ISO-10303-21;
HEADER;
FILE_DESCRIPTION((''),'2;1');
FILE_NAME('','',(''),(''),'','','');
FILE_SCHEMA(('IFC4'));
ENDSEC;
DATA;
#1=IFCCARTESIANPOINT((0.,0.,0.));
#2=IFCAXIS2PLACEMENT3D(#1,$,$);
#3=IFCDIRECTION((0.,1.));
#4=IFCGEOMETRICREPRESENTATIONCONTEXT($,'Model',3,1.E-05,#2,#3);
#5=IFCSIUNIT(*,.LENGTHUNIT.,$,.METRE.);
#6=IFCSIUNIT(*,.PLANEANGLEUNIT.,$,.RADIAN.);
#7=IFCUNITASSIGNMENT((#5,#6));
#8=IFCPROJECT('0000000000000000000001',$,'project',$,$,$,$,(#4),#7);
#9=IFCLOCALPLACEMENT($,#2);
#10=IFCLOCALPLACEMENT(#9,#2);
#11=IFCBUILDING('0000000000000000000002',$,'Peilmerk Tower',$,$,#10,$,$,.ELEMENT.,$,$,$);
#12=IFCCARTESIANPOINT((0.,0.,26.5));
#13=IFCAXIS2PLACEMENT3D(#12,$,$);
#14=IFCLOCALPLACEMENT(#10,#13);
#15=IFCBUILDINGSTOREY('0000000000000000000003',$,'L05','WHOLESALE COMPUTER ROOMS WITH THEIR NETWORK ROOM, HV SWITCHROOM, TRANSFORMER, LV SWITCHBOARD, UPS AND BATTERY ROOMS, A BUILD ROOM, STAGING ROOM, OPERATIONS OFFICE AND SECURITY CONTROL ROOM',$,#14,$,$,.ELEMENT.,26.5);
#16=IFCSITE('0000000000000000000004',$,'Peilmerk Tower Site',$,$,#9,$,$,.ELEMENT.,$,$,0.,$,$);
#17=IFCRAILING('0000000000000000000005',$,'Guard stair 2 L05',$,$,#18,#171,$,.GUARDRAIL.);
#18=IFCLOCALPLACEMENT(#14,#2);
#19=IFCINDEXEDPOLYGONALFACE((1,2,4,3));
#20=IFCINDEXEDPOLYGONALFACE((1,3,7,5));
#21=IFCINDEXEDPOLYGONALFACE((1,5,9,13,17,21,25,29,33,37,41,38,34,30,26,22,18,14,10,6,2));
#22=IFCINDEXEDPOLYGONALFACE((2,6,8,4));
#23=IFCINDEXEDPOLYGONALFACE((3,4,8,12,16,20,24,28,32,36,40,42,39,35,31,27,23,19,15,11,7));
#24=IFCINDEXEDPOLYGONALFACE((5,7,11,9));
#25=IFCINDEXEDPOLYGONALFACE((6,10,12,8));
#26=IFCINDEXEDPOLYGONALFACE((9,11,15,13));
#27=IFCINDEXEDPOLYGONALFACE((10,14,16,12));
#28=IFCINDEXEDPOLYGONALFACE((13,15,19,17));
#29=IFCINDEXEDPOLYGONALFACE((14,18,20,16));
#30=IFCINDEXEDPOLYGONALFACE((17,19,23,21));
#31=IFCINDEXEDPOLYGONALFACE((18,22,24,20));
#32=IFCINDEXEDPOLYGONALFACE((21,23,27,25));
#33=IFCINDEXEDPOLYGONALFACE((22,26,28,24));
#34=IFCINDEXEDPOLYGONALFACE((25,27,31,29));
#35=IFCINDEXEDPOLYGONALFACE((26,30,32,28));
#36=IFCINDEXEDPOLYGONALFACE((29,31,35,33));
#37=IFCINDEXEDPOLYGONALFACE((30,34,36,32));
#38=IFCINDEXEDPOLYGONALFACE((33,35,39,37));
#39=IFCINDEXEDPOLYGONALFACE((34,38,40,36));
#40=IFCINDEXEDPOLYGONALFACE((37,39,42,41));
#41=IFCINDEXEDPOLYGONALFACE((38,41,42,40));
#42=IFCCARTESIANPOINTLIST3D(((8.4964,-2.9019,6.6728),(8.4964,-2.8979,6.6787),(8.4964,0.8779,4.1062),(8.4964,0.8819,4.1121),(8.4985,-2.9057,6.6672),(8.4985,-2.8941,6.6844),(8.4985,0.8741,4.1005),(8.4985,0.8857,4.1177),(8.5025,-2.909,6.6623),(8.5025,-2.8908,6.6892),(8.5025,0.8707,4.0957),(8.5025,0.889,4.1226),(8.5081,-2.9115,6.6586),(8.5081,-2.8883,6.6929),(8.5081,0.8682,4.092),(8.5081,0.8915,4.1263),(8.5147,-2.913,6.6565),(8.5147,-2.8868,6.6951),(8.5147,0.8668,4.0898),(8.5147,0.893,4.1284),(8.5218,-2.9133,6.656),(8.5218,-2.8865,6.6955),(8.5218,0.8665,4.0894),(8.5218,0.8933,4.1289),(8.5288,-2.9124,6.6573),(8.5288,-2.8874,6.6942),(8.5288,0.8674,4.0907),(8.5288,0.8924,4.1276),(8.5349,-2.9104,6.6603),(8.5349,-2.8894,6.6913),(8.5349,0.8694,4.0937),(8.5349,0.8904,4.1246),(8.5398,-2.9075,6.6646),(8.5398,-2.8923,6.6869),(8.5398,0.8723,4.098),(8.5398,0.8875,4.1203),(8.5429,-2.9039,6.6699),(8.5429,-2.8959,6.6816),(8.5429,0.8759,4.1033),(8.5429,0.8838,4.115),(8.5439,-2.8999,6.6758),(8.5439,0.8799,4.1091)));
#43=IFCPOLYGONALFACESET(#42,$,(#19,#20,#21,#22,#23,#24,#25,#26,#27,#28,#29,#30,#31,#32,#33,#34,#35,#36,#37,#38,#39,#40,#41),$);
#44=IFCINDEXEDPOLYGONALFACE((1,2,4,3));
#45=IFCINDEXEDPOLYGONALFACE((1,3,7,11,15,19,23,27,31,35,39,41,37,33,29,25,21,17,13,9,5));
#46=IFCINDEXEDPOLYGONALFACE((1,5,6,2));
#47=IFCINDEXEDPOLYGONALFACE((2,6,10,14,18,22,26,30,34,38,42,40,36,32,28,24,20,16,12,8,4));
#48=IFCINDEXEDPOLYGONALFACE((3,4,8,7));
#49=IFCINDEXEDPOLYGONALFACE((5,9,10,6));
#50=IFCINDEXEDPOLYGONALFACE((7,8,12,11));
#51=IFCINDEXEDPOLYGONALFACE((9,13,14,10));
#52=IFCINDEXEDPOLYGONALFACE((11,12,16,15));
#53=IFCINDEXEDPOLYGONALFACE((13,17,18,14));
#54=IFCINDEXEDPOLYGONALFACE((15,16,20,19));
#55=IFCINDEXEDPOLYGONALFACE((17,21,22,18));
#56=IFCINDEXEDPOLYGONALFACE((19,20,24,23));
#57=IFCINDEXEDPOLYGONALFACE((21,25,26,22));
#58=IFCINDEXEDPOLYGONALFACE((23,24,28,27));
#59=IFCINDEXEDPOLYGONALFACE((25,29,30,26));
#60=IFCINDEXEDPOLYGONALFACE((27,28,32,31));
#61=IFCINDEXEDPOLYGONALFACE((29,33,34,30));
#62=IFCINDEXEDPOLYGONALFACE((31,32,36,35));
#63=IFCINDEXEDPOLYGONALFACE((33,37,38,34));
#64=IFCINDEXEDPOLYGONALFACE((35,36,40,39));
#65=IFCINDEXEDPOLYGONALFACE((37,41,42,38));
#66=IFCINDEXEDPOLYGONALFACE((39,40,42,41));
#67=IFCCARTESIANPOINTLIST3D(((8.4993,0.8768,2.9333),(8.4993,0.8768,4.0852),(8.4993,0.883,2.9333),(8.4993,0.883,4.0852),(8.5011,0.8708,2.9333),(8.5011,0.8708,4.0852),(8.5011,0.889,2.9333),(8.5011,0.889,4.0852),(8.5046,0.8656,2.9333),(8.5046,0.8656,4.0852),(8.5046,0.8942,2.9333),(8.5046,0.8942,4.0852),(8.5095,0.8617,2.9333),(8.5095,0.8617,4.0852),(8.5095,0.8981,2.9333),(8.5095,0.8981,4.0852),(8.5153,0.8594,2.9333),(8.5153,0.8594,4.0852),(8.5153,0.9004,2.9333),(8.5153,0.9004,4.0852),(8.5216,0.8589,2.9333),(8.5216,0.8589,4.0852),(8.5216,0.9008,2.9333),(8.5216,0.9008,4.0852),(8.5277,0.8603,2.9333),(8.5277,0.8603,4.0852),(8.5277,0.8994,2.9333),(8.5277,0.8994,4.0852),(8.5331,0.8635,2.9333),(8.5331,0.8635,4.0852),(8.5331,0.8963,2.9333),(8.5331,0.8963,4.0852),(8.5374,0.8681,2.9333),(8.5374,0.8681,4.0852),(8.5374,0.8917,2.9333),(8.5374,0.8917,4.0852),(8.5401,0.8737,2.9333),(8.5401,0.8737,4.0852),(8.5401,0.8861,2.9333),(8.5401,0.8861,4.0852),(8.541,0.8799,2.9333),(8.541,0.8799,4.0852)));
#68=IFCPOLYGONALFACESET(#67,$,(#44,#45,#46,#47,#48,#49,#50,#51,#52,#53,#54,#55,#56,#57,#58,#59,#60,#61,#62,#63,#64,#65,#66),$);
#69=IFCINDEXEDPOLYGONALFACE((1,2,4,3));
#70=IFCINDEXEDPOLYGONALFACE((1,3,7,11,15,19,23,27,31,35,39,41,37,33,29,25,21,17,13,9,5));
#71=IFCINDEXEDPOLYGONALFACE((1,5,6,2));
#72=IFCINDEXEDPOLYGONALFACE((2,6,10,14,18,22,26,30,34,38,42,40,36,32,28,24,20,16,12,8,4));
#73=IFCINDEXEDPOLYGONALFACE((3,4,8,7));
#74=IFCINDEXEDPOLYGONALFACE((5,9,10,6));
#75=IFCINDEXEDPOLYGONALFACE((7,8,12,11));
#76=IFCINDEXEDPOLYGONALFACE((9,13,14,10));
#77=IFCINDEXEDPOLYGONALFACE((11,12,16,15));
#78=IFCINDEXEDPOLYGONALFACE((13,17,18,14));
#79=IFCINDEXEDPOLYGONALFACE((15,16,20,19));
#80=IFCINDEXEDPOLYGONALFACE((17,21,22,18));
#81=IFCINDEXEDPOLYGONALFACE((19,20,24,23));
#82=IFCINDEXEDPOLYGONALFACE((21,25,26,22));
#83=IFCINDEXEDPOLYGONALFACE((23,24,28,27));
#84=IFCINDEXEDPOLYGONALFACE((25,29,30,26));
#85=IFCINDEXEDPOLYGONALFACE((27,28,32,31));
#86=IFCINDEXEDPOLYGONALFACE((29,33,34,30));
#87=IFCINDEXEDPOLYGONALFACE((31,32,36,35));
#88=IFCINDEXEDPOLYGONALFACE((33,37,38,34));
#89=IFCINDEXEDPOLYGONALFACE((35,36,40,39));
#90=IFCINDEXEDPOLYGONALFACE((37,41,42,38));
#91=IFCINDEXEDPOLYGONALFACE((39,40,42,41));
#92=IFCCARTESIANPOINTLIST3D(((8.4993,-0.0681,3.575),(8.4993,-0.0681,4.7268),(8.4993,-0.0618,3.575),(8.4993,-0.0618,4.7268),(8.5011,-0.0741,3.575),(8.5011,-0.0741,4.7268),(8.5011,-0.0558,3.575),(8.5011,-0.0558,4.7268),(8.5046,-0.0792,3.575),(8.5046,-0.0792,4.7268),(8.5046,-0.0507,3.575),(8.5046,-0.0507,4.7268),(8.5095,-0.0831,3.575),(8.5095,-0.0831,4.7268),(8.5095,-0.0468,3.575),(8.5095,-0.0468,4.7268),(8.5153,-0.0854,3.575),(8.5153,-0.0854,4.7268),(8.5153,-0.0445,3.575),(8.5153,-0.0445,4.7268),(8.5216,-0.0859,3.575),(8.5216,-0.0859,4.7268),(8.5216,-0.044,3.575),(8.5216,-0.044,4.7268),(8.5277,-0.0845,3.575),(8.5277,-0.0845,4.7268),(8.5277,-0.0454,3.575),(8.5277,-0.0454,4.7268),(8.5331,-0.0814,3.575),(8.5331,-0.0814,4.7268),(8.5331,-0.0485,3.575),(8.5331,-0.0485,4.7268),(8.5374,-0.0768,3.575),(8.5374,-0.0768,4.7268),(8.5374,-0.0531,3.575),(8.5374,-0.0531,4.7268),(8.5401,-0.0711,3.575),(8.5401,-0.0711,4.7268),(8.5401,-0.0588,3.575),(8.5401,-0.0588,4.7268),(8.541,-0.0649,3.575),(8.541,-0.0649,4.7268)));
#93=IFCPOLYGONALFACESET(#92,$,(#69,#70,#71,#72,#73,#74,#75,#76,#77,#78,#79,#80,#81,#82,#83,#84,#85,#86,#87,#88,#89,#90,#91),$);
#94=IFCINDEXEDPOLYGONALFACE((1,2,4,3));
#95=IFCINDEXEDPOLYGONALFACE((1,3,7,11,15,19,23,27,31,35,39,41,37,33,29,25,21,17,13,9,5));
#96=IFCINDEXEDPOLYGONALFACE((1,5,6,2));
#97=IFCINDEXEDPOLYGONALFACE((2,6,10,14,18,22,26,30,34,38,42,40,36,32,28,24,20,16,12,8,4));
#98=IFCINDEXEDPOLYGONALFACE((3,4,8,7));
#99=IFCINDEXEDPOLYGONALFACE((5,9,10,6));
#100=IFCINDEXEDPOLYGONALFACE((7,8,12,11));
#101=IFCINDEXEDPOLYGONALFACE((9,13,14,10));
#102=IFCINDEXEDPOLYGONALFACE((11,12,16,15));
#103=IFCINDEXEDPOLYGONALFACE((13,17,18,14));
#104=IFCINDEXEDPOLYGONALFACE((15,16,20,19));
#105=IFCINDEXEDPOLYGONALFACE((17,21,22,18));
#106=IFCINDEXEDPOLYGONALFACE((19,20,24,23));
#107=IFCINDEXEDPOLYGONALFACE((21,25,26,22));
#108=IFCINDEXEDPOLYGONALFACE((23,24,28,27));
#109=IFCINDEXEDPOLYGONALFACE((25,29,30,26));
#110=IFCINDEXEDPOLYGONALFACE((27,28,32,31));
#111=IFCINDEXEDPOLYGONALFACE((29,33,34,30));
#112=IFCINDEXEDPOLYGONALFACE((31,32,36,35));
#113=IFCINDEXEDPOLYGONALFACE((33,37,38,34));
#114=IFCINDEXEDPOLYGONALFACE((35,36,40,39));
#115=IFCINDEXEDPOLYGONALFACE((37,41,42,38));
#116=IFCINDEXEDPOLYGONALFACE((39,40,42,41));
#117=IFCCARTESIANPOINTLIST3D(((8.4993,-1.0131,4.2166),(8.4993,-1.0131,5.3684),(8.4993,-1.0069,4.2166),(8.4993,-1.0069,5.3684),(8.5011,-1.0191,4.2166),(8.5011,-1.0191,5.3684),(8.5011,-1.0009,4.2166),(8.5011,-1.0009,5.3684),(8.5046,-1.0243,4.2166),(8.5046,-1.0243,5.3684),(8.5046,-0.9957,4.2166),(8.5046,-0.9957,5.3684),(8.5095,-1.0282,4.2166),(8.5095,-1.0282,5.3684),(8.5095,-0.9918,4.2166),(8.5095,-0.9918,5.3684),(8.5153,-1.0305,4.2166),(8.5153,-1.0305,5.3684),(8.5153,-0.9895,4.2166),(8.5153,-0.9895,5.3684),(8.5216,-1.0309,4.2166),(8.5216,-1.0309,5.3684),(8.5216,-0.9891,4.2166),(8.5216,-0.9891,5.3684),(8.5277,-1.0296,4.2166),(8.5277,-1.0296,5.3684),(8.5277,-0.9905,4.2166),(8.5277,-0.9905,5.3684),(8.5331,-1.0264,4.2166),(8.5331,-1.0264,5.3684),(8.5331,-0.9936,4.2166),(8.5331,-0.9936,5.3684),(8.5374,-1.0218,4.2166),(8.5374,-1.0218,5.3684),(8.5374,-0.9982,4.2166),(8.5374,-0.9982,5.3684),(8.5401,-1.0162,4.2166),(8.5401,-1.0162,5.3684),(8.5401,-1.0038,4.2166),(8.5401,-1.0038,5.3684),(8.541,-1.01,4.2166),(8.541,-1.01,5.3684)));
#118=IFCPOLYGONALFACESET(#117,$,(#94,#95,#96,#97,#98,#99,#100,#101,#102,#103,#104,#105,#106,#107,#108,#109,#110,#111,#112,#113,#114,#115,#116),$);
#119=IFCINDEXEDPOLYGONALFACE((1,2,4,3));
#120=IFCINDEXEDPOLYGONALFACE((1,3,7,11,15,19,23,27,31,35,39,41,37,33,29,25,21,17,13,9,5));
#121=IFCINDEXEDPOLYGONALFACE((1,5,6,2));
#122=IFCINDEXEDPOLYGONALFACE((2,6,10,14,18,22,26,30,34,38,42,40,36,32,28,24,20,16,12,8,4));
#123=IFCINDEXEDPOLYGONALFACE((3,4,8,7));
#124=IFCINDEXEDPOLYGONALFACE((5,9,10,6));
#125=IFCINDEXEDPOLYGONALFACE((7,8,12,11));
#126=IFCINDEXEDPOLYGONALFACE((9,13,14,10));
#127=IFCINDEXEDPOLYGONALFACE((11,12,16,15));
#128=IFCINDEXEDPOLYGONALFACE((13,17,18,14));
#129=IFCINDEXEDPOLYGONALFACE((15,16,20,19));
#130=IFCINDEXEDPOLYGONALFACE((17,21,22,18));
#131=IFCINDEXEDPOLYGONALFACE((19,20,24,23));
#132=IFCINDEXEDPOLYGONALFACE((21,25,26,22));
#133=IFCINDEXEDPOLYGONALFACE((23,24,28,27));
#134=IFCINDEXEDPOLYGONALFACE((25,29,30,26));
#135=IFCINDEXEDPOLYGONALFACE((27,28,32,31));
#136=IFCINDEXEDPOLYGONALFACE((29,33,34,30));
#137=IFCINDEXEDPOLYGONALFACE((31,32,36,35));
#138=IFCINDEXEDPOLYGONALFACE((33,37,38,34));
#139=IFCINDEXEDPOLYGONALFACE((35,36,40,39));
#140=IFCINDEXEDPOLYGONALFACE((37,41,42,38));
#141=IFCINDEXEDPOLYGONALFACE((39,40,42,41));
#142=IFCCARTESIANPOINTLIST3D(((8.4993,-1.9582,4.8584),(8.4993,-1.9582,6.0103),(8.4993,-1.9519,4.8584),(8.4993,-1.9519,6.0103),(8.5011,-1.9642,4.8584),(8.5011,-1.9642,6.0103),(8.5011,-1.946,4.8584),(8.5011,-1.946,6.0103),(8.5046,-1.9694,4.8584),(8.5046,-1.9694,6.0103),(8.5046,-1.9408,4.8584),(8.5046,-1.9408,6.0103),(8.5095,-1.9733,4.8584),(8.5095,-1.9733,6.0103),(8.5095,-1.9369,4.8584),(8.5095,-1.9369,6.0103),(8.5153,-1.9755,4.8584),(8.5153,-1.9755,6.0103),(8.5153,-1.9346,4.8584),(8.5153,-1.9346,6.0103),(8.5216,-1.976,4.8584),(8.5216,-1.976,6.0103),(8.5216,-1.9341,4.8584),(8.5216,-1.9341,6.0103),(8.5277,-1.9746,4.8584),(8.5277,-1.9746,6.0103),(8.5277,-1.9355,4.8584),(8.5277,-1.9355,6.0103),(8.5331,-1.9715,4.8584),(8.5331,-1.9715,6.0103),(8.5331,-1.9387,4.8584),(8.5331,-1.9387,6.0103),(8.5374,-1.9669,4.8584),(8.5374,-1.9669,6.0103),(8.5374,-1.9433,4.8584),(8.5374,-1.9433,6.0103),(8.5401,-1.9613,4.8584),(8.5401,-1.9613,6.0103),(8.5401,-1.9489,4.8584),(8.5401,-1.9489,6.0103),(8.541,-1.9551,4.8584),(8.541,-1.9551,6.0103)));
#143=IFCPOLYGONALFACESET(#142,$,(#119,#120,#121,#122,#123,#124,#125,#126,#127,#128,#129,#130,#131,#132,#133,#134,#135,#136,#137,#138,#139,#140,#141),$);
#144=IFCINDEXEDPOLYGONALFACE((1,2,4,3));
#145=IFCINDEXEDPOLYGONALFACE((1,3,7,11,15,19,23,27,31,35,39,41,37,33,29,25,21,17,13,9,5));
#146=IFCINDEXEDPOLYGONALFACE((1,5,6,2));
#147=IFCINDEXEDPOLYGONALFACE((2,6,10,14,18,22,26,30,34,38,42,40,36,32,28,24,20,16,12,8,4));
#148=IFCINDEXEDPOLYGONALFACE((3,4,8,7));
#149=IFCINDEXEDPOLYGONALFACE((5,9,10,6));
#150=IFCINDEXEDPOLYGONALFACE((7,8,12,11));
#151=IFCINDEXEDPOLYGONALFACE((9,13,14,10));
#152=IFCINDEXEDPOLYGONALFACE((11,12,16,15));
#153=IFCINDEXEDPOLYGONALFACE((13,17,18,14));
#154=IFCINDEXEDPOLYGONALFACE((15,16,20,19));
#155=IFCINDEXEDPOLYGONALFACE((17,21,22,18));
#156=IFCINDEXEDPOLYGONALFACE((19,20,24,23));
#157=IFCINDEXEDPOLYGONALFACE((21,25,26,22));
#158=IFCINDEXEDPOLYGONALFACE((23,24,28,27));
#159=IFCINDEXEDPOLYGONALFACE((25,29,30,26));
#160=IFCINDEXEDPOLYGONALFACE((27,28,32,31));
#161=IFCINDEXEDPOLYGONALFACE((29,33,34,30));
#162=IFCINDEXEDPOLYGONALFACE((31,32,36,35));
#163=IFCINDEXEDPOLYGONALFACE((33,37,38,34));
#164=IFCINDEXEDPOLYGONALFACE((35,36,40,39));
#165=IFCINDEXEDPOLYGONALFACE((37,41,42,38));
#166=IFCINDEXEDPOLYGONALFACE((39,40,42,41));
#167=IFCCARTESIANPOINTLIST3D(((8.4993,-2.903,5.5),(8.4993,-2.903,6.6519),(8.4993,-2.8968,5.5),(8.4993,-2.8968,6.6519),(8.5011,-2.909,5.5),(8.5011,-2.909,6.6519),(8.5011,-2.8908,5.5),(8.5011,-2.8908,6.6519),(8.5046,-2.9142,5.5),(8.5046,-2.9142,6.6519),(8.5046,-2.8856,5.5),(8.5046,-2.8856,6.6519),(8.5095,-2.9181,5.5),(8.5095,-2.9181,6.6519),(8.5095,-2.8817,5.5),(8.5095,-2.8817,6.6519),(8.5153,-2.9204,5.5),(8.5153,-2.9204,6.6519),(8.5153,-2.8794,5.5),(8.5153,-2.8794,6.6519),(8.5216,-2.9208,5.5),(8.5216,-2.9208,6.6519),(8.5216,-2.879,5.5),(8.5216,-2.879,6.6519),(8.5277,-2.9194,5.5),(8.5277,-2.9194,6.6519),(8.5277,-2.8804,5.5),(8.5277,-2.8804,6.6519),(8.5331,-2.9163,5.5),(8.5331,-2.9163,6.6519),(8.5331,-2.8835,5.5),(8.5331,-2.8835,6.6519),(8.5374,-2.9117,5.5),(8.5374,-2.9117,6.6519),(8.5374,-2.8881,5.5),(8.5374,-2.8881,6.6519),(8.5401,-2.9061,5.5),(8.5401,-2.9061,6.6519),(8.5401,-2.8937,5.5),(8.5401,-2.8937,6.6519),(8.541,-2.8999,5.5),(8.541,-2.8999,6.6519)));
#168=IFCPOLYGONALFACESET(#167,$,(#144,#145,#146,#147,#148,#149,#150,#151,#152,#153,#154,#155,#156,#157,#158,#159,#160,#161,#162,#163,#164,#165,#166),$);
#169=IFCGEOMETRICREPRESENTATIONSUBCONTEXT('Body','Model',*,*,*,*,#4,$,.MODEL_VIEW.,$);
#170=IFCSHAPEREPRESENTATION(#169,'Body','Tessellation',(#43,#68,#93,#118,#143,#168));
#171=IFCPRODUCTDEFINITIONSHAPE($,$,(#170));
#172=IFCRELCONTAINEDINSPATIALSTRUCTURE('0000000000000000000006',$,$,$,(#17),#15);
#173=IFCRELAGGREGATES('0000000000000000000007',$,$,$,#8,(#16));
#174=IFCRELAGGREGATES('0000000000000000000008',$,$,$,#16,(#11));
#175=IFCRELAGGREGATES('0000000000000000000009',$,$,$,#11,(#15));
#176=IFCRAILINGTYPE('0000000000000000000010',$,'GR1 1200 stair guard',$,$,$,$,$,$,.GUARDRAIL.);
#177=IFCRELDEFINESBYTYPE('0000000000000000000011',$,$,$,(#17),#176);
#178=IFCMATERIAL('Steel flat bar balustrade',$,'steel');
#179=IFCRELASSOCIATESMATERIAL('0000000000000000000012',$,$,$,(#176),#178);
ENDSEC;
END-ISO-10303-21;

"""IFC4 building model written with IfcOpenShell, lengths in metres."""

from ifc_helpers import new_model, si_unit, direction, frame, origin, origin_2d, place, context, subcontext, project, spatial, circle, extrude, material, type_object, element, save


model = new_model("IFC4")

# Units and contexts
model_context = context("Model", 3, precision=1e-05, world=origin(), true_north=direction((0.0, 1.0)))
body_context = subcontext(model_context, "Body", "Model", "MODEL_VIEW")
ifc_project = project(units=[si_unit("LENGTHUNIT", "METRE"), si_unit("PLANEANGLEUNIT", "RADIAN")], contexts=[model_context])

# Site, building, storey
site_placement = place(None, origin())
site = spatial("IfcSite", under=ifc_project, at=site_placement, Name="Peilmerk Tower Site", CompositionType="ELEMENT", RefElevation=0.0)
building_placement = place(site_placement, origin())
building = spatial("IfcBuilding", under=site, at=building_placement, Name="Peilmerk Tower", CompositionType="ELEMENT")
storey_placement = place(building_placement, frame((0.0, 0.0, 26.5)))
storey = spatial("IfcBuildingStorey", under=building, at=storey_placement, Name="L05", Description="WHOLESALE COMPUTER ROOMS WITH THEIR NETWORK ROOM, HV SWITCHROOM, TRANSFORMER, LV SWITCHBOARD, UPS AND BATTERY ROOMS, A BUILD ROOM, STAGING ROOM, OPERATIONS OFFICE AND SECURITY CONTROL ROOM", CompositionType="ELEMENT", Elevation=26.5)

# Railing
ifc_material_1 = material(Name="Steel flat bar balustrade", Category="steel")
railing_type_1 = type_object("IfcRailingType", Name="GR1 1200 stair guard", PredefinedType="GUARDRAIL", material=ifc_material_1)
railing_1_placement = place(storey_placement, frame((8.52, 0.8799, 2.9333)))
element("IfcRailing", 1, at=railing_1_placement, inside=storey, type_object=railing_type_1, Name="Guard stair 2 L05", PredefinedType="GUARDRAIL", context=body_context, shape_type="SweptSolid", body=[
    extrude(circle(Radius=0.0239, at=origin_2d()), frame((0.0, 0.0, 1.1758), z_axis=(0.0, -0.827293, 0.561771), x_axis=(1.0, 0.0, 0.0)), (0.0, 0.0, 1.0), 4.5688),
    extrude(circle(Radius=0.021, at=origin_2d()), origin(), (0.0, 0.0, 1.0), 1.1519),
    extrude(circle(Radius=0.021, at=origin_2d()), frame((0.0, -0.9448, 0.6416)), (0.0, 0.0, 1.0), 1.1519),
    extrude(circle(Radius=0.021, at=origin_2d()), frame((0.0, -1.8899, 1.2832)), (0.0, 0.0, 1.0), 1.1519),
    extrude(circle(Radius=0.021, at=origin_2d()), frame((0.0, -2.835, 1.925)), (0.0, 0.0, 1.0), 1.1519),
    extrude(circle(Radius=0.021, at=origin_2d()), frame((0.0, -3.7798, 2.5667)), (0.0, 0.0, 1.0), 1.1519),
])

save(model, "model.ifc")
